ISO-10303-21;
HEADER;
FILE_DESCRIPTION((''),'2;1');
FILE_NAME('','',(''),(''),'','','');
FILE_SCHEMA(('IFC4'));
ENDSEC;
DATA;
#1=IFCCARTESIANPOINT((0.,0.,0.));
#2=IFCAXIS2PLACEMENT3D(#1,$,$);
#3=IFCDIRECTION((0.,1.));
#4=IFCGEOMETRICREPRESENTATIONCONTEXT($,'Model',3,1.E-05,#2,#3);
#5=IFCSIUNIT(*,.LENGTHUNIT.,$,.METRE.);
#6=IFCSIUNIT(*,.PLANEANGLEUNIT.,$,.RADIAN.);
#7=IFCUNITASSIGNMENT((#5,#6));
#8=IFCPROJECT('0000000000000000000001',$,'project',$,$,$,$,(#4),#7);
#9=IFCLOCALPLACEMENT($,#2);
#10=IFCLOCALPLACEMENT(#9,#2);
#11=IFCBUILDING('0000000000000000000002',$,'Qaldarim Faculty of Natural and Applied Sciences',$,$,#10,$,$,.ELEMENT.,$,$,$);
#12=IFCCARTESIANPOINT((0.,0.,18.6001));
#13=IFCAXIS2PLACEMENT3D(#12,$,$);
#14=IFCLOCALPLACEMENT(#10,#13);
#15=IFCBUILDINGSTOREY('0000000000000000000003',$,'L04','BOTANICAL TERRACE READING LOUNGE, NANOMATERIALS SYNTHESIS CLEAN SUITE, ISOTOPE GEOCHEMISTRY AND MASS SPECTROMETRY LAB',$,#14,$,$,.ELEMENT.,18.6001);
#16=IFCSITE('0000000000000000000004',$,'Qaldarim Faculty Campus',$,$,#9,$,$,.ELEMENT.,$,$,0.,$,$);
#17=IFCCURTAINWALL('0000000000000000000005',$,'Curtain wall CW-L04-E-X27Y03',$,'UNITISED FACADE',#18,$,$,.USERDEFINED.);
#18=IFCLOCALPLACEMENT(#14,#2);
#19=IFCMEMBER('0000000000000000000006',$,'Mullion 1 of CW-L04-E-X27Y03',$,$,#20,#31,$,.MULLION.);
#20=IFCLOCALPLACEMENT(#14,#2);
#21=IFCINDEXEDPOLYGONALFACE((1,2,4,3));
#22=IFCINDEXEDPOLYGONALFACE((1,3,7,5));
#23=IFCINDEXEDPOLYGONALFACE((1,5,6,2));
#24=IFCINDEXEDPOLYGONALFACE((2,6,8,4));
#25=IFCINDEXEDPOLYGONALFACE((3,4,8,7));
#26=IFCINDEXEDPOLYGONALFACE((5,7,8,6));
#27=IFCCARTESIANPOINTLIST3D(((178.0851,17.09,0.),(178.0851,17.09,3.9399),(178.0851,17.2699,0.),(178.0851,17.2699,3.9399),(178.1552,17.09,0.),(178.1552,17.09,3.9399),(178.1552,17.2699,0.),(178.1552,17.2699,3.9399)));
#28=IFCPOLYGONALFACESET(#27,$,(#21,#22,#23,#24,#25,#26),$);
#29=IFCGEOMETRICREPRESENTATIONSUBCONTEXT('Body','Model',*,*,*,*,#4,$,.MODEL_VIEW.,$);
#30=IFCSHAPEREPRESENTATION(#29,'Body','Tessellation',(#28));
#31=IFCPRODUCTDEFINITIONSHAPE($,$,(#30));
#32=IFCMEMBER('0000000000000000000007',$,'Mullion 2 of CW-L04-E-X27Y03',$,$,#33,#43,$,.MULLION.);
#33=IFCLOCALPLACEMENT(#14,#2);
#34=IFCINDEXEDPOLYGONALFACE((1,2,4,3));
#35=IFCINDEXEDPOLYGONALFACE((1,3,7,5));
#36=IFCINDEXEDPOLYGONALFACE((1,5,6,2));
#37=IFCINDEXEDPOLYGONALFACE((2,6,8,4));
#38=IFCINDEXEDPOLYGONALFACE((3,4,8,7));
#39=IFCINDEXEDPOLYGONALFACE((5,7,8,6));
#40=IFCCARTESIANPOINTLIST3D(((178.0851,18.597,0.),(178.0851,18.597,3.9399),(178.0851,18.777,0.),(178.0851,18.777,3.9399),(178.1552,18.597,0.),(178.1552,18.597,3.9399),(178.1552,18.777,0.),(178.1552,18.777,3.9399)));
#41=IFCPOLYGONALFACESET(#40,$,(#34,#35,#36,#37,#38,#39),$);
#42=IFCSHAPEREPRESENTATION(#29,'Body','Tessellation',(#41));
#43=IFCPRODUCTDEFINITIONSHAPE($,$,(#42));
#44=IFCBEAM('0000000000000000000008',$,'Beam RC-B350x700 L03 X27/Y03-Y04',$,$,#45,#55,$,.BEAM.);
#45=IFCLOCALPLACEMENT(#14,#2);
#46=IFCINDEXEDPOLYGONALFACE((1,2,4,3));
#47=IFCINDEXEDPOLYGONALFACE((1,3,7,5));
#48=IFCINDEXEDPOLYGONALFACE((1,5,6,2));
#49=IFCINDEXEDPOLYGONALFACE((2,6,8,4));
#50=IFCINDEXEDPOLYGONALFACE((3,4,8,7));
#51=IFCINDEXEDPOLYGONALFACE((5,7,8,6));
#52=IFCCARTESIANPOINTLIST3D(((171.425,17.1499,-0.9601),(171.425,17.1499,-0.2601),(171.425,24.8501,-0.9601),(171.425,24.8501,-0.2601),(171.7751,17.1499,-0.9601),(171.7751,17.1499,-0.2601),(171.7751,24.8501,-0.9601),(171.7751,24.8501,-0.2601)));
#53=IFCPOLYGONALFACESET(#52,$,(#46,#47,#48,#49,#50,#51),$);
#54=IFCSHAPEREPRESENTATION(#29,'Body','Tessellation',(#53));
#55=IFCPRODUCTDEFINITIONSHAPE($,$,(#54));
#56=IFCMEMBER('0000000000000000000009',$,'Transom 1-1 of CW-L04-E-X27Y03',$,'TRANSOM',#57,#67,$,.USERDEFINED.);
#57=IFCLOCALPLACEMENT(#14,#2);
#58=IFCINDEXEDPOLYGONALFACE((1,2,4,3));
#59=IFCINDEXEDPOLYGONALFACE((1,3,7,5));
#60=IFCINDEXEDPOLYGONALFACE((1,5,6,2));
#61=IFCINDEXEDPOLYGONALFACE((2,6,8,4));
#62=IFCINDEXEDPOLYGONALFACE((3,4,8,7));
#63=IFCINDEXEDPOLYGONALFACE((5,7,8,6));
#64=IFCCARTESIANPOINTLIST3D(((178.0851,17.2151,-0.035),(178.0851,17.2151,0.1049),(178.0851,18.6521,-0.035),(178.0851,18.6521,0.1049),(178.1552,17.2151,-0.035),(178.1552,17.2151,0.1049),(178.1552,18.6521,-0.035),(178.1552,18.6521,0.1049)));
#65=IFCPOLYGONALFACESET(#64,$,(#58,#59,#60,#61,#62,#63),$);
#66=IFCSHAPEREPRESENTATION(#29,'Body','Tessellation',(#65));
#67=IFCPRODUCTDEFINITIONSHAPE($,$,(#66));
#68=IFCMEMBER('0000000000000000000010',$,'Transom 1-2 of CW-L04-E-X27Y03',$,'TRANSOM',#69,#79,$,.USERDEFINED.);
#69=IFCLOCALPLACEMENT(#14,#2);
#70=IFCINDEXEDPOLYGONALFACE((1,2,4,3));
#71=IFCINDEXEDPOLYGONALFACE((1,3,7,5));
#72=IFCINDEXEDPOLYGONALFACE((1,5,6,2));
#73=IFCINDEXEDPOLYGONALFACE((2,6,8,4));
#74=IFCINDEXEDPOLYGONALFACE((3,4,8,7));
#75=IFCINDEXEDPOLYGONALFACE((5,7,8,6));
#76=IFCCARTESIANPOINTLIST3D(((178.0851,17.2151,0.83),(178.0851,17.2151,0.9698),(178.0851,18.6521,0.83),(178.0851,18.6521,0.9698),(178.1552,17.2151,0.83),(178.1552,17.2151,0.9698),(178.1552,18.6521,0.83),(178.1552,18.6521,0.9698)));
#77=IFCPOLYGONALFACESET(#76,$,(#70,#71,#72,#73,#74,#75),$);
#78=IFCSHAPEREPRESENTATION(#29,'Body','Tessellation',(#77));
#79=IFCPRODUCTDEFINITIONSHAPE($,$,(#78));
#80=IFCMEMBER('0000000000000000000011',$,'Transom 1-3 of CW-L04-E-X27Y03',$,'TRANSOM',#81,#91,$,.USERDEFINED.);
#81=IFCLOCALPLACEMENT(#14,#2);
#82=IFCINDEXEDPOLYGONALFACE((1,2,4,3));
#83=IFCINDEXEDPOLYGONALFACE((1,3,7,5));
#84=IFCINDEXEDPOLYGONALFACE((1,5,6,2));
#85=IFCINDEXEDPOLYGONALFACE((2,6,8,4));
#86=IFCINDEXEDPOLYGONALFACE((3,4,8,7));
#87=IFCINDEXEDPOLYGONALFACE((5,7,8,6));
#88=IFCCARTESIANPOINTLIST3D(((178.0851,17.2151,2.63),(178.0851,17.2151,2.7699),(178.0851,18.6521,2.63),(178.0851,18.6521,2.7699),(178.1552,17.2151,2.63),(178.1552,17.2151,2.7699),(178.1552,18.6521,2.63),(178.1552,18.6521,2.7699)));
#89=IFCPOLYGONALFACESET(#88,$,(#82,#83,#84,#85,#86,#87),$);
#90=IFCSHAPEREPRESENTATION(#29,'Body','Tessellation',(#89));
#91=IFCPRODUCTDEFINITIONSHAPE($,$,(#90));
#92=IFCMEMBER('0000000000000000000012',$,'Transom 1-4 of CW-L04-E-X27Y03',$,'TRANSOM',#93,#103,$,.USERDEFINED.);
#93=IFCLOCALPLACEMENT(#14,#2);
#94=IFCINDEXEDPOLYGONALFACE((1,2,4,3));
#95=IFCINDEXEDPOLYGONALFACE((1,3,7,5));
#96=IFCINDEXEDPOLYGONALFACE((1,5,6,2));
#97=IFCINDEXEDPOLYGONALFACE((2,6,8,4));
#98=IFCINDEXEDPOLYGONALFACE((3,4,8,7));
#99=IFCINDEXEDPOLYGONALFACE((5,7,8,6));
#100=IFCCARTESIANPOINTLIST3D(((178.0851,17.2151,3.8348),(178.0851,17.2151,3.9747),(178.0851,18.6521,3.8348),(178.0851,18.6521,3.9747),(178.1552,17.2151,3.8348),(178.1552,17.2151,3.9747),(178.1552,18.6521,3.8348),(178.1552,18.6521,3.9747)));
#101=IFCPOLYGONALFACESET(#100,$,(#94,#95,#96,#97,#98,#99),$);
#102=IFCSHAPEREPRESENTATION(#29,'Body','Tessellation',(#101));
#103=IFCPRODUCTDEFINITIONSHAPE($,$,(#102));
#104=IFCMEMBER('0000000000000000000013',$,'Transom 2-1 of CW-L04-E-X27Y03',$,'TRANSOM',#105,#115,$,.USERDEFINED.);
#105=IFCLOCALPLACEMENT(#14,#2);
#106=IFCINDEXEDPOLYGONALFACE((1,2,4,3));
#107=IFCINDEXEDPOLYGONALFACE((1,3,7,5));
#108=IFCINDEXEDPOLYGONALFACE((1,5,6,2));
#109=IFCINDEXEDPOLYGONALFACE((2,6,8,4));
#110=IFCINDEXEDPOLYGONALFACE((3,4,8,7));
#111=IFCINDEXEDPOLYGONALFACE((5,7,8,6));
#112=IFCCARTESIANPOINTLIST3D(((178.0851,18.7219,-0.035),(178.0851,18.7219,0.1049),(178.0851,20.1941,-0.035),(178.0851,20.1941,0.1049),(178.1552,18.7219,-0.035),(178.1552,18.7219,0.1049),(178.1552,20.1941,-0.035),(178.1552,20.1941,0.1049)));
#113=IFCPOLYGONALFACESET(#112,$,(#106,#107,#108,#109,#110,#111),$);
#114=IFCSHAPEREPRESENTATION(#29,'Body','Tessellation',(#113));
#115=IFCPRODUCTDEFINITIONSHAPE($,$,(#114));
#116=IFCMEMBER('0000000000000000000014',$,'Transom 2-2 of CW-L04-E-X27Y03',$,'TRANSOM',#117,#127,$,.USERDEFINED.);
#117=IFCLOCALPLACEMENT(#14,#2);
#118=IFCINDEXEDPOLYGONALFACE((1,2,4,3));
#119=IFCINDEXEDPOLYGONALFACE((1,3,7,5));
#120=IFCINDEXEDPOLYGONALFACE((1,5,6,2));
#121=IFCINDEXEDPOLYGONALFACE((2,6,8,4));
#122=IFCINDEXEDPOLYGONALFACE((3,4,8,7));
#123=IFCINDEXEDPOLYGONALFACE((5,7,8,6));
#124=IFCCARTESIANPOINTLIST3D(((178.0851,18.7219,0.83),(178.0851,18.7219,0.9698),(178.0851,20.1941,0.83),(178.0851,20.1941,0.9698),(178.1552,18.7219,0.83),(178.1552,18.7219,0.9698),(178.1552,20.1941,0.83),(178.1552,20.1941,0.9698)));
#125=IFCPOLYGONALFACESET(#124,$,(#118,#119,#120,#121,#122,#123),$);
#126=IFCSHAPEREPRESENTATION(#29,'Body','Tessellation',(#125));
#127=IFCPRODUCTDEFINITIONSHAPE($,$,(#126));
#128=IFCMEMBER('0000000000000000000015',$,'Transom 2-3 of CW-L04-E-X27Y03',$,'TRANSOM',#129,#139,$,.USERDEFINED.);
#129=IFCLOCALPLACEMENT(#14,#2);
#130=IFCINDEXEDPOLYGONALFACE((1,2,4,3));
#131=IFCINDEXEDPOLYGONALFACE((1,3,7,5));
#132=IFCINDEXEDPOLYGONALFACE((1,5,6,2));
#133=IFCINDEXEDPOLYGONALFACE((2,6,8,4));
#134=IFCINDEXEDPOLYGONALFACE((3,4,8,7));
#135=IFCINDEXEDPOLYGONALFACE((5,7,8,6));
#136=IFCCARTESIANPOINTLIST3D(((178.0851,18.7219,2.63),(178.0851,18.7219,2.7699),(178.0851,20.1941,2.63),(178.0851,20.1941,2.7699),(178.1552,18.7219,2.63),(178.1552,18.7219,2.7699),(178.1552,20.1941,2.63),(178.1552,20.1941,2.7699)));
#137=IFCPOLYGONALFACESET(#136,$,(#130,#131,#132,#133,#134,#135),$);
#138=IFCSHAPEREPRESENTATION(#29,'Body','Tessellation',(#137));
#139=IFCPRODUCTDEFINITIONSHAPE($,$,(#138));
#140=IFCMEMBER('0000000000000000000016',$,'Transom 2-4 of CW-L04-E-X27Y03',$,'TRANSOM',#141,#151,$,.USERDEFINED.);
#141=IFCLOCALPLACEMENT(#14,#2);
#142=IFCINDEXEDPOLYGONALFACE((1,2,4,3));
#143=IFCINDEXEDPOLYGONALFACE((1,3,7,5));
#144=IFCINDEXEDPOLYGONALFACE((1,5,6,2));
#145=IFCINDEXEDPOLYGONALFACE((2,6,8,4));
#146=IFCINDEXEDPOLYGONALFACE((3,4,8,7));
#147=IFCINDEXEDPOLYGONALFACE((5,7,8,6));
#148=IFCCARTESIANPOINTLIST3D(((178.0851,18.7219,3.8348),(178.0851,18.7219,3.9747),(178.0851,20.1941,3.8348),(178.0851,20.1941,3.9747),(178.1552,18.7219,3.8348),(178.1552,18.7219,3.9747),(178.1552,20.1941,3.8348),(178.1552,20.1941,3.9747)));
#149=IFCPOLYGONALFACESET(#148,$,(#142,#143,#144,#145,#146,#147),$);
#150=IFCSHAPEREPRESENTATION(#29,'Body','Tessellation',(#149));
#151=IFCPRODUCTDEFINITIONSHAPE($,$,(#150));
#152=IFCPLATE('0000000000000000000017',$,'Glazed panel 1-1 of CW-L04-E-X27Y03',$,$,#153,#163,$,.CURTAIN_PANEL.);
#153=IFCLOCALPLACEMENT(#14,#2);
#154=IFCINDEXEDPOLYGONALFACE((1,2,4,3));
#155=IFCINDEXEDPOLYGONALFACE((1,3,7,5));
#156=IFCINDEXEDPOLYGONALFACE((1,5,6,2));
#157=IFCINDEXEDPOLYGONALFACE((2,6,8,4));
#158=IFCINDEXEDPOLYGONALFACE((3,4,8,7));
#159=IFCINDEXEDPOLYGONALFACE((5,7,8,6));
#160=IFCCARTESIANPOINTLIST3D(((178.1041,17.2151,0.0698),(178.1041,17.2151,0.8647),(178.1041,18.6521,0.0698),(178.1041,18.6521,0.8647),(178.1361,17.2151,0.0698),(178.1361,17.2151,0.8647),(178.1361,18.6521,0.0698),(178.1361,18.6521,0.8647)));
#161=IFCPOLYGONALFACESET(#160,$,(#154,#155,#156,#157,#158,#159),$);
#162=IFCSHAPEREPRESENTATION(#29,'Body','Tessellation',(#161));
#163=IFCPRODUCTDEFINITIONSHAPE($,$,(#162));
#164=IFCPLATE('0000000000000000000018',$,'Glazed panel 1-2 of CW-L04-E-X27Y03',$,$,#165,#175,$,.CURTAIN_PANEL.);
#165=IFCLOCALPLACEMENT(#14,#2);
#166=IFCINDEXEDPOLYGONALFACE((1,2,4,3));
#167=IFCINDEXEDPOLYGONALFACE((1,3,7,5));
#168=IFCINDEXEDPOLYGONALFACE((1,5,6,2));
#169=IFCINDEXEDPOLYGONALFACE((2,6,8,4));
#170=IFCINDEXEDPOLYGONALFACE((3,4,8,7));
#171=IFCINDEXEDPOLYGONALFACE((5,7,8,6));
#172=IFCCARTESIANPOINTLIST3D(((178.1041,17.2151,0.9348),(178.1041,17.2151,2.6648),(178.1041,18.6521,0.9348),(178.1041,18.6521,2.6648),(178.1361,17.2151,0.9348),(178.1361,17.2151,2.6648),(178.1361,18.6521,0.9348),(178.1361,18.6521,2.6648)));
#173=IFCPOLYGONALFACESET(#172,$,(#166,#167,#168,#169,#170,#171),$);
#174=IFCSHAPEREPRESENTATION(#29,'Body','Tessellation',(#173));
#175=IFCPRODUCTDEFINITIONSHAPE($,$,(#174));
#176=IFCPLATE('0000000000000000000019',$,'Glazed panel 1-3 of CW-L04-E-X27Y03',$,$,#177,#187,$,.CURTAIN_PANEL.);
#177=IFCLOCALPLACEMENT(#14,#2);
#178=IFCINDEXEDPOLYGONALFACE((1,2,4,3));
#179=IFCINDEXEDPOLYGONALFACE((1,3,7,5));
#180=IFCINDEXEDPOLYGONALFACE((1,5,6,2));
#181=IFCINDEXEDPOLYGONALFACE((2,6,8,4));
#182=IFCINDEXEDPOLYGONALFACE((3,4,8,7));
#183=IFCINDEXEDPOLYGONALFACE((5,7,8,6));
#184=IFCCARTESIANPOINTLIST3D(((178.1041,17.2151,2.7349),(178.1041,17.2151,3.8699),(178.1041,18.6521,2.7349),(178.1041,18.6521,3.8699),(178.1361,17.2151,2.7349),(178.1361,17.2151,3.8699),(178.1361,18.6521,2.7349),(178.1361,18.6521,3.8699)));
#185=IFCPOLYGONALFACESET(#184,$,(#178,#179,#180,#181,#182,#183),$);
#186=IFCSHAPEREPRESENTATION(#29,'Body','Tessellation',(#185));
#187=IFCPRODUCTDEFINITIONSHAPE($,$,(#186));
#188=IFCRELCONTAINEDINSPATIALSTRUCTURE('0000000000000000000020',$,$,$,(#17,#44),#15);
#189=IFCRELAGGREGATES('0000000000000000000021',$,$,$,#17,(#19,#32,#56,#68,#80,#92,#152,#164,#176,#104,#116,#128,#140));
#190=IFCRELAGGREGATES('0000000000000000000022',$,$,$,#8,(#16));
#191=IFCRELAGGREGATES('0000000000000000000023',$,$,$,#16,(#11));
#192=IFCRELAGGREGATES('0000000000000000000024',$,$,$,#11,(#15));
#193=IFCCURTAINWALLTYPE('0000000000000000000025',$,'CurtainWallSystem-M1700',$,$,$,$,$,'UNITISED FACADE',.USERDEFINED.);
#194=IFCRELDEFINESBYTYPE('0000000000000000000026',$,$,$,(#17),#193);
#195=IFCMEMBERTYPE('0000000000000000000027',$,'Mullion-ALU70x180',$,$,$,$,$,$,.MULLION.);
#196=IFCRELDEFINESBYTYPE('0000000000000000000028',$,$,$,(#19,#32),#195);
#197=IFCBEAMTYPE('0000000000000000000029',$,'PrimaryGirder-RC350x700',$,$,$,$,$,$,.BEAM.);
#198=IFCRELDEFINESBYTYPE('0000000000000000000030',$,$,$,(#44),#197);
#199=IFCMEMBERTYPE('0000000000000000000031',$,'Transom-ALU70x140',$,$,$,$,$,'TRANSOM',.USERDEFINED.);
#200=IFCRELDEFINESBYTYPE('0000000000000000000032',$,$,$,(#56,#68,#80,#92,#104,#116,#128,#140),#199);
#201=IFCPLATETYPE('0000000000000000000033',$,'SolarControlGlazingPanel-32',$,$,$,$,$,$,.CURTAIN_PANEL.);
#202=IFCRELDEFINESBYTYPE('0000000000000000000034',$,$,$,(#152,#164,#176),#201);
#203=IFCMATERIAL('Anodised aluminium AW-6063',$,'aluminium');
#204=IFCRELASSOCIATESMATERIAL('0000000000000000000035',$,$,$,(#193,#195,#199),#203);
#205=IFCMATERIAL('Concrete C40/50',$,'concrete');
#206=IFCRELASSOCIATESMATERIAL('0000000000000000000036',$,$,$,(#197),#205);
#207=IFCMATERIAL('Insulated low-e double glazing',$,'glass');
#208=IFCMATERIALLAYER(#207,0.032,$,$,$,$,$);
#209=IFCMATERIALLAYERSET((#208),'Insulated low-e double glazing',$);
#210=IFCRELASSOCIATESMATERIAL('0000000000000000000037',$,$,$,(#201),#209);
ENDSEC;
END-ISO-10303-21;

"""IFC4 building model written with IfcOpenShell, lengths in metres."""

from ifc_helpers import new_model, si_unit, direction, frame, origin, origin_2d, place, context, subcontext, project, spatial, rectangle, extrude, material, layer, layer_set, material_profile, profile_set, type_object, element, aggregate, save


model = new_model("IFC4")

# Units and contexts
model_context = context("Model", 3, precision=1e-05, world=origin(), true_north=direction((0.0, 1.0)))
body_context = subcontext(model_context, "Body", "Model", "MODEL_VIEW")
ifc_project = project(units=[si_unit("LENGTHUNIT", "METRE"), si_unit("PLANEANGLEUNIT", "RADIAN")], contexts=[model_context])

# Site, building, storey
site_placement = place(None, origin())
site = spatial("IfcSite", under=ifc_project, at=site_placement, Name="Qaldarim Faculty Campus", CompositionType="ELEMENT", RefElevation=0.0)
building_placement = place(site_placement, origin())
building = spatial("IfcBuilding", under=site, at=building_placement, Name="Qaldarim Faculty of Natural and Applied Sciences", CompositionType="ELEMENT")
storey_placement = place(building_placement, frame((0.0, 0.0, 18.6001)))
storey = spatial("IfcBuildingStorey", under=building, at=storey_placement, Name="L04", Description="BOTANICAL TERRACE READING LOUNGE, NANOMATERIALS SYNTHESIS CLEAN SUITE, ISOTOPE GEOCHEMISTRY AND MASS SPECTROMETRY LAB", CompositionType="ELEMENT", Elevation=18.6001)

# Curtain wall, members
ifc_material_1 = material(Name="Anodised aluminium AW-6063", Category="aluminium")
curtain_wall_type = type_object("IfcCurtainWallType", Name="CurtainWallSystem-M1700", ElementType="UNITISED FACADE", PredefinedType="USERDEFINED", material=ifc_material_1)
curtain_wall_placement = place(storey_placement, origin())
curtain_wall = element("IfcCurtainWall", 1, at=curtain_wall_placement, inside=storey, type_object=curtain_wall_type, Name="Curtain wall CW-L04-E-X27Y03", ObjectType="UNITISED FACADE", PredefinedType="USERDEFINED")
ifc_material_profile_1 = material_profile(ifc_material_1, rectangle(XDim=0.0701, YDim=0.1799, at=origin_2d()), Name="ALU-M70x180")
ifc_profile_set_1 = profile_set([ifc_material_profile_1], Name="Anodised aluminium AW-6063")
member_type_1 = type_object("IfcMemberType", Name="Mullion-ALU70x180", PredefinedType="MULLION", material=ifc_profile_set_1)
member_1_placement = place(storey_placement, frame((178.1201, 17.1799, 0.0), z_axis=(0.0, 0.0, 1.0), x_axis=(-1.0, 0.0, 0.0)))
member_1 = element("IfcMember", 2, at=member_1_placement, type_object=member_type_1, Name="Mullion 1 of CW-L04-E-X27Y03", PredefinedType="MULLION", context=body_context, shape_type="SweptSolid", body=[
    extrude(rectangle(XDim=0.0701, YDim=0.1799, at=origin_2d()), origin(), (0.0, 0.0, 1.0), 3.9399),
])
member_2_placement = place(storey_placement, frame((178.1201, 18.687, 0.0), z_axis=(0.0, 0.0, 1.0), x_axis=(-1.0, 0.0, 0.0)))
member_2 = element("IfcMember", 3, at=member_2_placement, type_object=member_type_1, Name="Mullion 2 of CW-L04-E-X27Y03", PredefinedType="MULLION", context=body_context, shape_type="SweptSolid", body=[
    extrude(rectangle(XDim=0.0701, YDim=0.1799, at=origin_2d()), origin(), (0.0, 0.0, 1.0), 3.9399),
])

# Beam
ifc_material_2 = material(Name="Concrete C40/50", Category="concrete")
ifc_material_profile_2 = material_profile(ifc_material_2, rectangle(XDim=0.3501, YDim=0.7, at=origin_2d()), Name="RC-B350x700")
ifc_profile_set_2 = profile_set([ifc_material_profile_2], Name="Concrete C40/50")
beam_type = type_object("IfcBeamType", Name="PrimaryGirder-RC350x700", PredefinedType="BEAM", material=ifc_profile_set_2)
beam_placement = place(storey_placement, frame((171.6001, 17.1499, -0.6101), z_axis=(0.0, 1.0, 0.0), x_axis=(-1.0, 0.0, 0.0)))
element("IfcBeam", 4, at=beam_placement, inside=storey, type_object=beam_type, Name="Beam RC-B350x700 L03 X27/Y03-Y04", PredefinedType="BEAM", context=body_context, shape_type="SweptSolid", body=[
    extrude(rectangle(XDim=0.3501, YDim=0.7, at=origin_2d()), origin(), (0.0, 0.0, 1.0), 7.7002),
])

# Members
ifc_material_profile_3 = material_profile(ifc_material_1, rectangle(XDim=0.0701, YDim=0.1399, at=origin_2d()), Name="ALU-T70x140")
ifc_profile_set_3 = profile_set([ifc_material_profile_3], Name="Anodised aluminium AW-6063")
member_type_2 = type_object("IfcMemberType", Name="Transom-ALU70x140", ElementType="TRANSOM", PredefinedType="USERDEFINED", material=ifc_profile_set_3)
member_3_placement = place(storey_placement, frame((178.1201, 17.2151, 0.0349), z_axis=(0.0, 1.0, 0.0), x_axis=(-1.0, 0.0, 0.0)))
member_3 = element("IfcMember", 5, at=member_3_placement, type_object=member_type_2, Name="Transom 1-1 of CW-L04-E-X27Y03", ObjectType="TRANSOM", PredefinedType="USERDEFINED", context=body_context, shape_type="SweptSolid", body=[
    extrude(rectangle(XDim=0.0701, YDim=0.1399, at=origin_2d()), origin(), (0.0, 0.0, 1.0), 1.437),
])
member_4_placement = place(storey_placement, frame((178.1201, 17.2151, 0.8999), z_axis=(0.0, 1.0, 0.0), x_axis=(-1.0, 0.0, 0.0)))
member_4 = element("IfcMember", 6, at=member_4_placement, type_object=member_type_2, Name="Transom 1-2 of CW-L04-E-X27Y03", ObjectType="TRANSOM", PredefinedType="USERDEFINED", context=body_context, shape_type="SweptSolid", body=[
    extrude(rectangle(XDim=0.0701, YDim=0.1399, at=origin_2d()), origin(), (0.0, 0.0, 1.0), 1.437),
])
member_5_placement = place(storey_placement, frame((178.1201, 17.2151, 2.7), z_axis=(0.0, 1.0, 0.0), x_axis=(-1.0, 0.0, 0.0)))
member_5 = element("IfcMember", 7, at=member_5_placement, type_object=member_type_2, Name="Transom 1-3 of CW-L04-E-X27Y03", ObjectType="TRANSOM", PredefinedType="USERDEFINED", context=body_context, shape_type="SweptSolid", body=[
    extrude(rectangle(XDim=0.0701, YDim=0.1399, at=origin_2d()), origin(), (0.0, 0.0, 1.0), 1.437),
])
member_6_placement = place(storey_placement, frame((178.1201, 17.2151, 3.9048), z_axis=(0.0, 1.0, 0.0), x_axis=(-1.0, 0.0, 0.0)))
member_6 = element("IfcMember", 8, at=member_6_placement, type_object=member_type_2, Name="Transom 1-4 of CW-L04-E-X27Y03", ObjectType="TRANSOM", PredefinedType="USERDEFINED", context=body_context, shape_type="SweptSolid", body=[
    extrude(rectangle(XDim=0.0701, YDim=0.1399, at=origin_2d()), origin(), (0.0, 0.0, 1.0), 1.437),
])
member_7_placement = place(storey_placement, frame((178.1201, 18.7219, 0.0349), z_axis=(0.0, 1.0, 0.0), x_axis=(-1.0, 0.0, 0.0)))
member_7 = element("IfcMember", 9, at=member_7_placement, type_object=member_type_2, Name="Transom 2-1 of CW-L04-E-X27Y03", ObjectType="TRANSOM", PredefinedType="USERDEFINED", context=body_context, shape_type="SweptSolid", body=[
    extrude(rectangle(XDim=0.0701, YDim=0.1399, at=origin_2d()), origin(), (0.0, 0.0, 1.0), 1.4722),
])
member_8_placement = place(storey_placement, frame((178.1201, 18.7219, 0.8999), z_axis=(0.0, 1.0, 0.0), x_axis=(-1.0, 0.0, 0.0)))
member_8 = element("IfcMember", 10, at=member_8_placement, type_object=member_type_2, Name="Transom 2-2 of CW-L04-E-X27Y03", ObjectType="TRANSOM", PredefinedType="USERDEFINED", context=body_context, shape_type="SweptSolid", body=[
    extrude(rectangle(XDim=0.0701, YDim=0.1399, at=origin_2d()), origin(), (0.0, 0.0, 1.0), 1.4722),
])
member_9_placement = place(storey_placement, frame((178.1201, 18.7219, 2.7), z_axis=(0.0, 1.0, 0.0), x_axis=(-1.0, 0.0, 0.0)))
member_9 = element("IfcMember", 11, at=member_9_placement, type_object=member_type_2, Name="Transom 2-3 of CW-L04-E-X27Y03", ObjectType="TRANSOM", PredefinedType="USERDEFINED", context=body_context, shape_type="SweptSolid", body=[
    extrude(rectangle(XDim=0.0701, YDim=0.1399, at=origin_2d()), origin(), (0.0, 0.0, 1.0), 1.4722),
])
member_10_placement = place(storey_placement, frame((178.1201, 18.7219, 3.9048), z_axis=(0.0, 1.0, 0.0), x_axis=(-1.0, 0.0, 0.0)))
member_10 = element("IfcMember", 12, at=member_10_placement, type_object=member_type_2, Name="Transom 2-4 of CW-L04-E-X27Y03", ObjectType="TRANSOM", PredefinedType="USERDEFINED", context=body_context, shape_type="SweptSolid", body=[
    extrude(rectangle(XDim=0.0701, YDim=0.1399, at=origin_2d()), origin(), (0.0, 0.0, 1.0), 1.4722),
])

# Plates
ifc_material_3 = material(Name="Insulated low-e double glazing", Category="glass")
ifc_layer_1 = layer(ifc_material_3, 0.032)
ifc_layer_set_1 = layer_set([ifc_layer_1], Name="Insulated low-e double glazing")
plate_type = type_object("IfcPlateType", Name="SolarControlGlazingPanel-32", PredefinedType="CURTAIN_PANEL", material=ifc_layer_set_1)
plate_1_placement = place(storey_placement, frame((178.1201, 17.9336, 0.0698), z_axis=(0.0, 0.0, 1.0), x_axis=(0.0, 1.0, 0.0)))
plate_1 = element("IfcPlate", 13, at=plate_1_placement, type_object=plate_type, Name="Glazed panel 1-1 of CW-L04-E-X27Y03", PredefinedType="CURTAIN_PANEL", context=body_context, shape_type="SweptSolid", body=[
    extrude(rectangle(XDim=1.437, YDim=0.032, at=origin_2d()), origin(), (0.0, 0.0, 1.0), 0.7949),
])
plate_2_placement = place(storey_placement, frame((178.1201, 17.9336, 0.9348), z_axis=(0.0, 0.0, 1.0), x_axis=(0.0, 1.0, 0.0)))
plate_2 = element("IfcPlate", 14, at=plate_2_placement, type_object=plate_type, Name="Glazed panel 1-2 of CW-L04-E-X27Y03", PredefinedType="CURTAIN_PANEL", context=body_context, shape_type="SweptSolid", body=[
    extrude(rectangle(XDim=1.437, YDim=0.032, at=origin_2d()), origin(), (0.0, 0.0, 1.0), 1.73),
])
plate_3_placement = place(storey_placement, frame((178.1201, 17.9336, 2.7349), z_axis=(0.0, 0.0, 1.0), x_axis=(0.0, 1.0, 0.0)))
plate_3 = element("IfcPlate", 15, at=plate_3_placement, type_object=plate_type, Name="Glazed panel 1-3 of CW-L04-E-X27Y03", PredefinedType="CURTAIN_PANEL", context=body_context, shape_type="SweptSolid", body=[
    extrude(rectangle(XDim=1.437, YDim=0.032, at=origin_2d()), origin(), (0.0, 0.0, 1.0), 1.135),
])
aggregate(curtain_wall, [member_1, member_2, member_3, member_4, member_5, member_6, plate_1, plate_2, plate_3, member_7, member_8, member_9, member_10])

save(model, "model.ifc")
